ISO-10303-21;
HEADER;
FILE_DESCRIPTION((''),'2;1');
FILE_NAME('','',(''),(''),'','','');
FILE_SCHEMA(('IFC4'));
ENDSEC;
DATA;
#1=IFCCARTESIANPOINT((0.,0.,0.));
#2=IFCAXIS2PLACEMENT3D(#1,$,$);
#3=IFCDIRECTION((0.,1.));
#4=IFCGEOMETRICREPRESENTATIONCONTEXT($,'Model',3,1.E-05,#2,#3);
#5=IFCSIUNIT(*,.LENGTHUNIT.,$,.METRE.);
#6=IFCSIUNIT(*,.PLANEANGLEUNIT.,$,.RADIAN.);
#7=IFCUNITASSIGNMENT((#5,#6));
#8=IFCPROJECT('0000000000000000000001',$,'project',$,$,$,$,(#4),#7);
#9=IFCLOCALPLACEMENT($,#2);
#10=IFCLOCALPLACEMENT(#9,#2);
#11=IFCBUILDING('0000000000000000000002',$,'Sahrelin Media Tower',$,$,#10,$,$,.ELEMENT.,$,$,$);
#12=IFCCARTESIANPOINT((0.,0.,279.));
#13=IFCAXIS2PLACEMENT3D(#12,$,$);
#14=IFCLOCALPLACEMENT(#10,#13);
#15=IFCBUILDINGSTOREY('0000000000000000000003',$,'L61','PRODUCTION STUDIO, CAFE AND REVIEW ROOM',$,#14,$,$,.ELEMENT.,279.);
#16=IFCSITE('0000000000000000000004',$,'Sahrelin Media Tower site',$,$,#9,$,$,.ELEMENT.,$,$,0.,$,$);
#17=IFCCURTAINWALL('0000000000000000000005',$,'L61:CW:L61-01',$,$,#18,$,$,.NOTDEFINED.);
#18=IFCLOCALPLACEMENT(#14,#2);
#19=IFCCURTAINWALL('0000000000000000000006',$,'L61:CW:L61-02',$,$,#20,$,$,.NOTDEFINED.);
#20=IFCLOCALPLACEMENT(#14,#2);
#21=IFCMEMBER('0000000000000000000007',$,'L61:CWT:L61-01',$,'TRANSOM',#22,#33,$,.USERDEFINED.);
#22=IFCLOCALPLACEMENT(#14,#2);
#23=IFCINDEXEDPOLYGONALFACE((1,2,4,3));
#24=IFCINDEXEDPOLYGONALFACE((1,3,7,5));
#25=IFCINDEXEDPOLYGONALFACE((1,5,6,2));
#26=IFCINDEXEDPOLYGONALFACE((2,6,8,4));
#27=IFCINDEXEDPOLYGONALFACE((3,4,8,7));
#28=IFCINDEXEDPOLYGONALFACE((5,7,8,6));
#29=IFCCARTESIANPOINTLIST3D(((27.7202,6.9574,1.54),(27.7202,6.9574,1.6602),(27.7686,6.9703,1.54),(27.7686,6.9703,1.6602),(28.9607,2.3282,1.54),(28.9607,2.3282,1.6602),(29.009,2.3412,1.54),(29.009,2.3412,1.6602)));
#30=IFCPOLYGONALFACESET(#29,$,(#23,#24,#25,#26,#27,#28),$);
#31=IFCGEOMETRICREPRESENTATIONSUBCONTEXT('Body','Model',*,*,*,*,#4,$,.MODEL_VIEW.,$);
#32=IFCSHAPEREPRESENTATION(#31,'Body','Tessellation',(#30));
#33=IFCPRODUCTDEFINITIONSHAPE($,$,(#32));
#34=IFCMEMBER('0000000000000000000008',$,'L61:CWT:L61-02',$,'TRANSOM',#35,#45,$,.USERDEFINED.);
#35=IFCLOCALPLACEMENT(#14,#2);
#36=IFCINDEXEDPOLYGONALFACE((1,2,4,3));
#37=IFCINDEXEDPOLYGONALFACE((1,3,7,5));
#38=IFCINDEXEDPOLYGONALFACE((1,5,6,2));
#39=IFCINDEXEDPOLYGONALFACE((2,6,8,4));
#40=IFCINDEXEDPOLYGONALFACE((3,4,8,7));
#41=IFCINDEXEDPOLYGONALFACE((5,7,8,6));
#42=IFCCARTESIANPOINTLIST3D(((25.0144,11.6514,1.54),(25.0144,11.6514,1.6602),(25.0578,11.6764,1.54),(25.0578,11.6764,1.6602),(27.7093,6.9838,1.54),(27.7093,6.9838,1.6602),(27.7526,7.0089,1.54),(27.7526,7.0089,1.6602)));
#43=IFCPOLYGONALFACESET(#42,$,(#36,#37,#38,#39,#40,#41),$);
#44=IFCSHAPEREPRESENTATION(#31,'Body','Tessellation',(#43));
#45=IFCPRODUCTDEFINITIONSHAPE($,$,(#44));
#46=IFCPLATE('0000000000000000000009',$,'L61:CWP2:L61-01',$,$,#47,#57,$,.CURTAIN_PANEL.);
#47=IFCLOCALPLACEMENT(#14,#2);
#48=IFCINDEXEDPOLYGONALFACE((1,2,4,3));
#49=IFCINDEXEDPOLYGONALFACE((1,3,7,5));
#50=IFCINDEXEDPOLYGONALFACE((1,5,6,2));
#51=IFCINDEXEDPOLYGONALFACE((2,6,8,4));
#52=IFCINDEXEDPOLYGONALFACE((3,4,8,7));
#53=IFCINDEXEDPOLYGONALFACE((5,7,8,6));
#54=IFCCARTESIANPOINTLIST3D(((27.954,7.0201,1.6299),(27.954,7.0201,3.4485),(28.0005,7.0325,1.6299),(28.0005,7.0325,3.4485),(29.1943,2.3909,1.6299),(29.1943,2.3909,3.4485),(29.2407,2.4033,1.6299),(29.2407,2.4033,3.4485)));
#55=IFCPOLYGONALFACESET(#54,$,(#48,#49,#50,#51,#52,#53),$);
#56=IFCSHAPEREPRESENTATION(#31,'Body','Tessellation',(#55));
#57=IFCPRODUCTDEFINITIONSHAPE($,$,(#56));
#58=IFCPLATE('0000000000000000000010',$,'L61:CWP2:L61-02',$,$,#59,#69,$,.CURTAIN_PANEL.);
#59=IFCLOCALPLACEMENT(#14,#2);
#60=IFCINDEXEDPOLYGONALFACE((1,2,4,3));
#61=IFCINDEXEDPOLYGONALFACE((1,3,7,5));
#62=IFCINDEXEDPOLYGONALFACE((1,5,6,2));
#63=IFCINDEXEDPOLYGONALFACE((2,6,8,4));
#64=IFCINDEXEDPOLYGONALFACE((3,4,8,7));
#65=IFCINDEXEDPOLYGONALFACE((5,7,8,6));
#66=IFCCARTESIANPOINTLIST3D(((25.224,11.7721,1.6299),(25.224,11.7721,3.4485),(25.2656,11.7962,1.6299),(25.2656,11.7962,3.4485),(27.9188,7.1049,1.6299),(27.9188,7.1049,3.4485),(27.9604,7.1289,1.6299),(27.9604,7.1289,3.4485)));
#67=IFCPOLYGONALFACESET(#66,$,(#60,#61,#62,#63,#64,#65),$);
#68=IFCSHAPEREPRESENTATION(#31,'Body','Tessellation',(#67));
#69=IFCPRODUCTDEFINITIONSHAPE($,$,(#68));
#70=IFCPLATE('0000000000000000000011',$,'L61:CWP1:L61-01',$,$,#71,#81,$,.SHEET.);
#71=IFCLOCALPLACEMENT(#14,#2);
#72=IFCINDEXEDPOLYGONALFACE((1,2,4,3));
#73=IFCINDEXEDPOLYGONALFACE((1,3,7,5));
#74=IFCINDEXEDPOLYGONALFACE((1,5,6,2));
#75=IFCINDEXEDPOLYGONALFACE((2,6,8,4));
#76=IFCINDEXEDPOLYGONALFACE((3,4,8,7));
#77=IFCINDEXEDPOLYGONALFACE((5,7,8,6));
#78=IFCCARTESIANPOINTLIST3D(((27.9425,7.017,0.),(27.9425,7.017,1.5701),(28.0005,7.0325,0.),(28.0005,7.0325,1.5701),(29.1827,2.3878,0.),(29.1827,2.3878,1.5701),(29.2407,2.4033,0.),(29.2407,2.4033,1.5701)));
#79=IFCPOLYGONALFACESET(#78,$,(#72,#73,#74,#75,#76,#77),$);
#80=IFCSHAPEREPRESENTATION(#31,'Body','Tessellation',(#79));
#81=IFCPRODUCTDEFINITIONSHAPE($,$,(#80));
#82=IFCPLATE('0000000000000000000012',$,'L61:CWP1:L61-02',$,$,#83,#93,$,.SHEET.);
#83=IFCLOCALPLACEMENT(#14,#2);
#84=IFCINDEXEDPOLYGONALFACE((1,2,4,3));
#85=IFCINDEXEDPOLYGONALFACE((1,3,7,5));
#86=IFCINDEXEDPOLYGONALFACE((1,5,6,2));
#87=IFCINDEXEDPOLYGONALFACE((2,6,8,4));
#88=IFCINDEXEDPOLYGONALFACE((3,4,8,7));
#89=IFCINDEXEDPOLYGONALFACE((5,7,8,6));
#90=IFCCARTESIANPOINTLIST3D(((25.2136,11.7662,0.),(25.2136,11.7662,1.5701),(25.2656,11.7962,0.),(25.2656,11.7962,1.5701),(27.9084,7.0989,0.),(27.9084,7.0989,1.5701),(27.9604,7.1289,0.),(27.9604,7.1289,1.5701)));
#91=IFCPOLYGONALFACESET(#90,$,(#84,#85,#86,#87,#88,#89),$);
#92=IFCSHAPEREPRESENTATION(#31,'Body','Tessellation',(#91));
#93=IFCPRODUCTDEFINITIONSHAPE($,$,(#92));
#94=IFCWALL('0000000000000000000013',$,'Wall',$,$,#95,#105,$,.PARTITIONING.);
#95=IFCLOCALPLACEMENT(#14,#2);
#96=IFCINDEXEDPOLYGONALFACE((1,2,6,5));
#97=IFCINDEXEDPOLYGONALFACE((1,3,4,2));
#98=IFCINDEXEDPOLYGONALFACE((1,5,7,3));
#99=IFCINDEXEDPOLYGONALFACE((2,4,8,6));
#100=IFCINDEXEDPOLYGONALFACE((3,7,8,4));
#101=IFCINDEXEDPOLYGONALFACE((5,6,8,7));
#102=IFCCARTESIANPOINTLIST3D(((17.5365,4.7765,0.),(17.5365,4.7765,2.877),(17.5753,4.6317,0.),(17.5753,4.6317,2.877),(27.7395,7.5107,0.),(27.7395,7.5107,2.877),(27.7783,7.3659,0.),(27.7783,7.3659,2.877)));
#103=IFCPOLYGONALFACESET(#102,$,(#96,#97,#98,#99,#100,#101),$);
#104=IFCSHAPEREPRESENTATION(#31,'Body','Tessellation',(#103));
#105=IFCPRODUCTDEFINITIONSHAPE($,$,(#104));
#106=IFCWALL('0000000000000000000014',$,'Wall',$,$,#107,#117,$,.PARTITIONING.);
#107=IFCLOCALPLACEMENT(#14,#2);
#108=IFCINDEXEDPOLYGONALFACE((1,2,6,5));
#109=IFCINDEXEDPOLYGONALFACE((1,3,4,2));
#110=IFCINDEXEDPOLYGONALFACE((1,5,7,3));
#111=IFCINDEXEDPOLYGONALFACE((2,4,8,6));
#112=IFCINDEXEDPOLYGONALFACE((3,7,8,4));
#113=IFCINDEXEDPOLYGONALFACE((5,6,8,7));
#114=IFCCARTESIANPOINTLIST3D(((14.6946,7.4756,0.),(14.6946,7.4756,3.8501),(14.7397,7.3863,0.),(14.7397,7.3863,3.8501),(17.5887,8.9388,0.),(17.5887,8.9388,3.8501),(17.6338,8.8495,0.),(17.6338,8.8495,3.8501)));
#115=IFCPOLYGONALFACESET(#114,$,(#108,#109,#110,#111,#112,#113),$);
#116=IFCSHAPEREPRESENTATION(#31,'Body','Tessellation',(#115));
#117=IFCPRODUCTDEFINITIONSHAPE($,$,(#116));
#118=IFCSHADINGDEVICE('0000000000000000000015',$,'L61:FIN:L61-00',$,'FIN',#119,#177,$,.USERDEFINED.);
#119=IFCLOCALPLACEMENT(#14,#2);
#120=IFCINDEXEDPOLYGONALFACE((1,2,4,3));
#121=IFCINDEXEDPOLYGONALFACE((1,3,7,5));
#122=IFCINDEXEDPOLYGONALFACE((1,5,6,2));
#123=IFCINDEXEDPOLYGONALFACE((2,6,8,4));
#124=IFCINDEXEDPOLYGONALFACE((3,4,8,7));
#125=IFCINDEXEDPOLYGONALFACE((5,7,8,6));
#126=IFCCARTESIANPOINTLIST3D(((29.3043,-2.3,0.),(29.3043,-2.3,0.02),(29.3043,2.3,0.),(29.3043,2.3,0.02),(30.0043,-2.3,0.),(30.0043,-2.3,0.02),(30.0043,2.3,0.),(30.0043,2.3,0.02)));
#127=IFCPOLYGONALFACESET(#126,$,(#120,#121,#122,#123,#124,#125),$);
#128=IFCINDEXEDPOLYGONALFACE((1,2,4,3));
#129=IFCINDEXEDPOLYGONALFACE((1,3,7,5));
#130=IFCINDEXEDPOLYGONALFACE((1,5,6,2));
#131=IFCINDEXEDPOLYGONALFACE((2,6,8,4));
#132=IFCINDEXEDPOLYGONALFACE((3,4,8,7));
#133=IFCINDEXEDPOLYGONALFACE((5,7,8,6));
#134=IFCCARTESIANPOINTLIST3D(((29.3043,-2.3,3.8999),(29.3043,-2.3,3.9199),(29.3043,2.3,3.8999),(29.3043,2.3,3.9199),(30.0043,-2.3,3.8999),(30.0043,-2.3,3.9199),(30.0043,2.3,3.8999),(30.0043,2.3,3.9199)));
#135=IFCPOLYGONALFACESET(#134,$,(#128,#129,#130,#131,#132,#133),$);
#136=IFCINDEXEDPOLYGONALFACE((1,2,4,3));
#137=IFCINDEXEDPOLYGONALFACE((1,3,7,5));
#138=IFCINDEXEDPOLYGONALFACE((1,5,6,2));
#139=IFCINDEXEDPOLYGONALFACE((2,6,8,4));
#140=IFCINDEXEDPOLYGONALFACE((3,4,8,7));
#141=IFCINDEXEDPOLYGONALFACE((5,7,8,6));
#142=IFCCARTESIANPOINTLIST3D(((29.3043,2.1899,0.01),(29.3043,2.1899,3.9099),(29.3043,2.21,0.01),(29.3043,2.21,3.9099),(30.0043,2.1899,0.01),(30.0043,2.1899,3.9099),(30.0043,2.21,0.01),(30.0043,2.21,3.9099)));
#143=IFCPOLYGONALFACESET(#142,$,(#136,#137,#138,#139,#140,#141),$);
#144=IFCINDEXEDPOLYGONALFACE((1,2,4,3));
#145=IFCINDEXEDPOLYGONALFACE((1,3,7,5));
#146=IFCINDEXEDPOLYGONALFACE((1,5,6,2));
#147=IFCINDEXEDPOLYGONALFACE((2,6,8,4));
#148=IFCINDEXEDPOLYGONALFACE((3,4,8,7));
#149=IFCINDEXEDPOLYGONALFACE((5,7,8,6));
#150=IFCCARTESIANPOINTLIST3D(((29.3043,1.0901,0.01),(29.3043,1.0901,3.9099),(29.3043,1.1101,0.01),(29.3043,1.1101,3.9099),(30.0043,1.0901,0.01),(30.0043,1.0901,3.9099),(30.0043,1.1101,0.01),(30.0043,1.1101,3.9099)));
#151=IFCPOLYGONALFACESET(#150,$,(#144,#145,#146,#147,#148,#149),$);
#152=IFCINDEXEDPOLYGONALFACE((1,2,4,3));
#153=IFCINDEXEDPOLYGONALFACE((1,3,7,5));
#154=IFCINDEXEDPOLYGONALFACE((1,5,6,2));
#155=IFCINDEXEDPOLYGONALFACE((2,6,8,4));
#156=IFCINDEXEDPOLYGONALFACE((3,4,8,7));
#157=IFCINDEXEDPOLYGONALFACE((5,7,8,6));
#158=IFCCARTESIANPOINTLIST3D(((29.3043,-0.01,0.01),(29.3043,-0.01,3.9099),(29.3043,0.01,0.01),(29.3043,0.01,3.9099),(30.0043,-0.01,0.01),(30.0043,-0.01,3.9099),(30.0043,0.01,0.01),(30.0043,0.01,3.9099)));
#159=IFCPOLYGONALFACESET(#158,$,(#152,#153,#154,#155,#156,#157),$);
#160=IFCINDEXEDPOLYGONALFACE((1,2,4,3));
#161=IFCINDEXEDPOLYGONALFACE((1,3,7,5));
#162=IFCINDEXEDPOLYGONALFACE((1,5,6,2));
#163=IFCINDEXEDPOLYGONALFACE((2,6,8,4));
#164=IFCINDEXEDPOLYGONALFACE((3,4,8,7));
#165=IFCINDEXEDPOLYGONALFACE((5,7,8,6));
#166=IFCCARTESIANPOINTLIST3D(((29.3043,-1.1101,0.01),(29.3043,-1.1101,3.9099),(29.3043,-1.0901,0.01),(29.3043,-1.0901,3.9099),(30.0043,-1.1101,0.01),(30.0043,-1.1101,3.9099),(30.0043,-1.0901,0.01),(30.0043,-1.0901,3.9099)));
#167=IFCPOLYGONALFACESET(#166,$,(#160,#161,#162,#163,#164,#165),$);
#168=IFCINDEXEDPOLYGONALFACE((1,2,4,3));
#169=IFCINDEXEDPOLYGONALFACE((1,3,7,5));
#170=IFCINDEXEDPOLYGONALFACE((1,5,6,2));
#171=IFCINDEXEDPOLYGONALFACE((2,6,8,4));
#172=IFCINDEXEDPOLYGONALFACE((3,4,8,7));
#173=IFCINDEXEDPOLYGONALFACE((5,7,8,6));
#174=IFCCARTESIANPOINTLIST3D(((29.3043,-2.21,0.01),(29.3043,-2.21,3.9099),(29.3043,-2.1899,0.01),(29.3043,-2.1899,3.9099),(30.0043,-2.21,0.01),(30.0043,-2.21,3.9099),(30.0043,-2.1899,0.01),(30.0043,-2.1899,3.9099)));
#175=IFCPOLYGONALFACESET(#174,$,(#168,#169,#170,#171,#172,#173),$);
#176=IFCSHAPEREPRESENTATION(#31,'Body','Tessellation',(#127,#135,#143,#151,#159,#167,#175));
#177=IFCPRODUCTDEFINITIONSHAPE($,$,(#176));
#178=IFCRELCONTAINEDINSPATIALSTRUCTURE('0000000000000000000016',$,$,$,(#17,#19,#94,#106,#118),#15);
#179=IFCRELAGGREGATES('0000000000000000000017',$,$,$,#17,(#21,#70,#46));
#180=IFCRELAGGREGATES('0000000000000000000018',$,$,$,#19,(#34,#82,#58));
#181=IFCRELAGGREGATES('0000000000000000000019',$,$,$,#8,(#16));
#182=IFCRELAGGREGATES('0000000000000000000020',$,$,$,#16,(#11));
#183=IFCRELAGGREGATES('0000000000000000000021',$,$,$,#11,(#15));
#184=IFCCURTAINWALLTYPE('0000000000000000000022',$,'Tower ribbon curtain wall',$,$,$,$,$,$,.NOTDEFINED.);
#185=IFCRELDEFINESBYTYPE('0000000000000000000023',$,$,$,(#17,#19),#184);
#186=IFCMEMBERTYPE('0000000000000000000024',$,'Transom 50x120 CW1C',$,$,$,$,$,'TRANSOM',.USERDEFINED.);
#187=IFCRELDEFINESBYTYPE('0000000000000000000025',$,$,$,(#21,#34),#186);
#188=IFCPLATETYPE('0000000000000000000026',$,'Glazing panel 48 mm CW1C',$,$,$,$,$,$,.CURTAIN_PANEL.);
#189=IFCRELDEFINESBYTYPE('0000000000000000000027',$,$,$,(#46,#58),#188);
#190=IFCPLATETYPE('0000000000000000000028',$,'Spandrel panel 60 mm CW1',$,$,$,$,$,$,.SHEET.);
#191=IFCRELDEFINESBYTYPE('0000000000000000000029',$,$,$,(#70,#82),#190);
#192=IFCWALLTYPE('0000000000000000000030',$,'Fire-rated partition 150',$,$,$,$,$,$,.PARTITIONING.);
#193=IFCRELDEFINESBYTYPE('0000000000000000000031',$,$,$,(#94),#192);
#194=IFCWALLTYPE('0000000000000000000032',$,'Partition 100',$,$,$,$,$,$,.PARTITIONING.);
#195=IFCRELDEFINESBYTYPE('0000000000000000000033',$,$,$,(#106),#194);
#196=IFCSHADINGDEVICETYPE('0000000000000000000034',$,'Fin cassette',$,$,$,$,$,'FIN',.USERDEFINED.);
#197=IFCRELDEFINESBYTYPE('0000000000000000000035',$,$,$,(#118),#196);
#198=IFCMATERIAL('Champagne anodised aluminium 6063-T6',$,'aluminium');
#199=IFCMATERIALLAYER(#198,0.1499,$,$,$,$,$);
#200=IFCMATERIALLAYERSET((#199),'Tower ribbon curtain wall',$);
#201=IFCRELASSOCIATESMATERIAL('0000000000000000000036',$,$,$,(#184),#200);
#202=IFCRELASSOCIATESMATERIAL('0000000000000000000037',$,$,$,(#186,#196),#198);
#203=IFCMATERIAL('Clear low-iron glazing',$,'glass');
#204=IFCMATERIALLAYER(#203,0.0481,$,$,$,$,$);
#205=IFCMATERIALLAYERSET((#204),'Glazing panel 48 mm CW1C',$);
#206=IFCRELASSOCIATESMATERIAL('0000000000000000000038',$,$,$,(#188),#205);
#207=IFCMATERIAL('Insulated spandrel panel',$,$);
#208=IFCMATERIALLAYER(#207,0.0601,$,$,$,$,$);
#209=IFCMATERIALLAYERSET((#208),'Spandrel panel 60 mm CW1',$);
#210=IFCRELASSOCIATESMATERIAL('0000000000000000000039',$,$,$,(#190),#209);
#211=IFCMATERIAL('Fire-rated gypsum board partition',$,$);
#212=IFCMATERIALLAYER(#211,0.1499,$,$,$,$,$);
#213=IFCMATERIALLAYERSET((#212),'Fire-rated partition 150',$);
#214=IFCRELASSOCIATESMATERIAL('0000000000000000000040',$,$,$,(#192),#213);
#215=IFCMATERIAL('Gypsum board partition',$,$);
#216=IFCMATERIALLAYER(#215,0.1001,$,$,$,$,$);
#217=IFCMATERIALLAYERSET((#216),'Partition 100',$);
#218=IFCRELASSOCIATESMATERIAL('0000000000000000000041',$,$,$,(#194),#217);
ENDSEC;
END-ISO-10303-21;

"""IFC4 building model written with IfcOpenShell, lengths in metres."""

from ifc_helpers import new_model, si_unit, direction, frame, frame_2d, origin, origin_2d, place, context, subcontext, project, spatial, polyline, rectangle, outline, extrude, material, layer, layer_set, material_profile, profile_set, type_object, element, aggregate, save


model = new_model("IFC4")

# Units and contexts
model_context = context("Model", 3, precision=1e-05, world=origin(), true_north=direction((0.0, 1.0)))
body_context = subcontext(model_context, "Body", "Model", "MODEL_VIEW")
ifc_project = project(units=[si_unit("LENGTHUNIT", "METRE"), si_unit("PLANEANGLEUNIT", "RADIAN")], contexts=[model_context])

# Site, building, storey
site_placement = place(None, origin())
site = spatial("IfcSite", under=ifc_project, at=site_placement, Name="Sahrelin Media Tower site", CompositionType="ELEMENT", RefElevation=0.0)
building_placement = place(site_placement, origin())
building = spatial("IfcBuilding", under=site, at=building_placement, Name="Sahrelin Media Tower", CompositionType="ELEMENT")
storey_placement = place(building_placement, frame((0.0, 0.0, 279.0)))
storey = spatial("IfcBuildingStorey", under=building, at=storey_placement, Name="L61", Description="PRODUCTION STUDIO, CAFE AND REVIEW ROOM", CompositionType="ELEMENT", Elevation=279.0)

# Curtain walls
ifc_material_1 = material(Name="Champagne anodised aluminium 6063-T6", Category="aluminium")
ifc_layer_1 = layer(ifc_material_1, 0.1499)
ifc_layer_set_1 = layer_set([ifc_layer_1], Name="Tower ribbon curtain wall")
curtain_wall_type = type_object("IfcCurtainWallType", Name="Tower ribbon curtain wall", PredefinedType="NOTDEFINED", material=ifc_layer_set_1)
curtain_wall_1_placement = place(storey_placement, frame((28.6013, 4.7126, 0.0), z_axis=(0.0, 0.0, 1.0), x_axis=(1.0, 0.0, 0.0)))
curtain_wall_1 = element("IfcCurtainWall", 1, at=curtain_wall_1_placement, inside=storey, type_object=curtain_wall_type, Name="L61:CW:L61-01", PredefinedType="NOTDEFINED")
curtain_wall_2_placement = place(storey_placement, frame((26.5957, 9.4524, 0.0), z_axis=(0.0, 0.0, 1.0), x_axis=(1.0, 0.0, 0.0)))
curtain_wall_2 = element("IfcCurtainWall", 2, at=curtain_wall_2_placement, inside=storey, type_object=curtain_wall_type, Name="L61:CW:L61-02", PredefinedType="NOTDEFINED")

# Members
ifc_material_profile_1 = material_profile(ifc_material_1, rectangle(XDim=0.05, YDim=0.1201, at=origin_2d()), Name="Transom 50x120")
ifc_profile_set_1 = profile_set([ifc_material_profile_1], Name="Champagne anodised aluminium 6063-T6")
member_type_1 = type_object("IfcMemberType", Name="Transom 50x120 CW1C", ElementType="TRANSOM", PredefinedType="USERDEFINED", material=ifc_profile_set_1)
member_1_placement = place(storey_placement, frame((28.9849, 2.3347, 1.6001), z_axis=(-0.258839, 0.965921, 0.0), x_axis=(-0.965921, -0.258839, 0.0)))
member_1 = element("IfcMember", 3, at=member_1_placement, type_object=member_type_1, Name="L61:CWT:L61-01", ObjectType="TRANSOM", PredefinedType="USERDEFINED", context=body_context, shape_type="SweptSolid", body=[
    extrude(rectangle(XDim=0.05, YDim=0.1201, at=origin_2d()), origin(), (0.0, 0.0, 1.0), 4.7925),
])
member_2_placement = place(storey_placement, frame((27.731, 6.9963, 1.6001), z_axis=(-0.500007, 0.866021, 0.0), x_axis=(-0.866021, -0.500007, 0.0)))
member_2 = element("IfcMember", 4, at=member_2_placement, type_object=member_type_1, Name="L61:CWT:L61-02", ObjectType="TRANSOM", PredefinedType="USERDEFINED", context=body_context, shape_type="SweptSolid", body=[
    extrude(rectangle(XDim=0.05, YDim=0.1201, at=origin_2d()), origin(), (0.0, 0.0, 1.0), 5.3896),
])

# Plates
ifc_material_2 = material(Name="Clear low-iron glazing", Category="glass")
ifc_layer_2 = layer(ifc_material_2, 0.0481)
ifc_layer_set_2 = layer_set([ifc_layer_2], Name="Glazing panel 48 mm CW1C")
plate_type_1 = type_object("IfcPlateType", Name="Glazing panel 48 mm CW1C", PredefinedType="CURTAIN_PANEL", material=ifc_layer_set_2)
plate_1_placement = place(storey_placement, frame((29.2407, 2.4033, 1.6299), z_axis=(0.965933, 0.258791, 0.0), x_axis=(-0.258791, 0.965933, 0.0)))
plate_1 = element("IfcPlate", 5, at=plate_1_placement, type_object=plate_type_1, Name="L61:CWP2:L61-01", PredefinedType="CURTAIN_PANEL", context=body_context, shape_type="SweptSolid", body=[
    extrude(outline(polyline([(0.0, 0.0), (4.7925, 0.0), (4.7925, 1.8186), (0.0, 1.8186), (0.0, 0.0)])), origin(), (0.0, 0.0, -1.0), 0.0481),
])
plate_2_placement = place(storey_placement, frame((27.9604, 7.1289, 1.6299), z_axis=(0.86601, 0.500027, 0.0), x_axis=(-0.500027, 0.86601, 0.0)))
plate_2 = element("IfcPlate", 6, at=plate_2_placement, type_object=plate_type_1, Name="L61:CWP2:L61-02", PredefinedType="CURTAIN_PANEL", context=body_context, shape_type="SweptSolid", body=[
    extrude(outline(polyline([(0.0, 0.0), (5.3894, 0.0), (5.3894, 1.8186), (0.0, 1.8186), (0.0, 0.0)])), origin(), (0.0, 0.0, -1.0), 0.0481),
])
ifc_material_3 = material(Name="Insulated spandrel panel")
ifc_layer_3 = layer(ifc_material_3, 0.0601)
ifc_layer_set_3 = layer_set([ifc_layer_3], Name="Spandrel panel 60 mm CW1")
plate_type_2 = type_object("IfcPlateType", Name="Spandrel panel 60 mm CW1", PredefinedType="SHEET", material=ifc_layer_set_3)
plate_3_placement = place(storey_placement, frame((29.2407, 2.4033, 0.0), z_axis=(0.965933, 0.258791, 0.0), x_axis=(-0.258791, 0.965933, 0.0)))
plate_3 = element("IfcPlate", 7, at=plate_3_placement, type_object=plate_type_2, Name="L61:CWP1:L61-01", PredefinedType="SHEET", context=body_context, shape_type="SweptSolid", body=[
    extrude(outline(polyline([(0.0, 0.0), (4.7925, 0.0), (4.7925, 1.5701), (0.0, 1.5701), (0.0, 0.0)])), origin(), (0.0, 0.0, -1.0), 0.0601),
])
aggregate(curtain_wall_1, [member_1, plate_3, plate_1])
plate_4_placement = place(storey_placement, frame((27.9604, 7.1289, 0.0), z_axis=(0.86601, 0.500027, 0.0), x_axis=(-0.500027, 0.86601, 0.0)))
plate_4 = element("IfcPlate", 8, at=plate_4_placement, type_object=plate_type_2, Name="L61:CWP1:L61-02", PredefinedType="SHEET", context=body_context, shape_type="SweptSolid", body=[
    extrude(outline(polyline([(0.0, 0.0), (5.3894, 0.0), (5.3894, 1.5701), (0.0, 1.5701), (0.0, 0.0)])), origin(), (0.0, 0.0, -1.0), 0.0601),
])
aggregate(curtain_wall_2, [member_2, plate_4, plate_2])

# Walls
ifc_material_4 = material(Name="Fire-rated gypsum board partition")
ifc_layer_4 = layer(ifc_material_4, 0.1499)
ifc_layer_set_4 = layer_set([ifc_layer_4], Name="Fire-rated partition 150")
wall_type_1 = type_object("IfcWallType", Name="Fire-rated partition 150", PredefinedType="PARTITIONING", material=ifc_layer_set_4)
wall_1_placement = place(storey_placement, frame((17.5559, 4.7041, 0.0), z_axis=(0.0, 0.0, 1.0), x_axis=(0.965919, 0.258844, 0.0)))
element("IfcWall", 9, at=wall_1_placement, inside=storey, type_object=wall_type_1, Name="Wall", PredefinedType="PARTITIONING", context=body_context, shape_type="SweptSolid", body=[
    extrude(rectangle(XDim=10.563, YDim=0.1499, at=frame_2d((5.2815, 0.0))), origin(), (0.0, 0.0, 1.0), 2.877),
])
ifc_material_5 = material(Name="Gypsum board partition")
ifc_layer_5 = layer(ifc_material_5, 0.1001)
ifc_layer_set_5 = layer_set([ifc_layer_5], Name="Partition 100")
wall_type_2 = type_object("IfcWallType", Name="Partition 100", PredefinedType="PARTITIONING", material=ifc_layer_set_5)
wall_2_placement = place(storey_placement, frame((14.717, 7.4309, 0.0), z_axis=(0.0, 0.0, 1.0), x_axis=(0.892431, 0.451184, 0.0)))
element("IfcWall", 10, at=wall_2_placement, inside=storey, type_object=wall_type_2, Name="Wall", PredefinedType="PARTITIONING", context=body_context, shape_type="SweptSolid", body=[
    extrude(rectangle(XDim=3.2429, YDim=0.1001, at=frame_2d((1.6216, 0.0))), origin(), (0.0, 0.0, 1.0), 3.8501),
])

# Shading device
shading_device_type_1 = type_object("IfcShadingDeviceType", Name="Fin cassette", ElementType="FIN", PredefinedType="USERDEFINED", material=ifc_material_1)
placement_1 = place(storey_placement, frame((29.2344, 0.0, 0.0), z_axis=(0.0, 0.0, 1.0), x_axis=(0.0, -1.0, 0.0)))
element("IfcShadingDevice", 11, at=placement_1, inside=storey, type_object=shading_device_type_1, Name="L61:FIN:L61-00", ObjectType="FIN", PredefinedType="USERDEFINED", context=body_context, shape_type="SweptSolid", body=[
    extrude(rectangle(XDim=4.6001, YDim=0.7, at=origin_2d()), frame((0.0, 0.4199, 0.0)), (0.0, 0.0, 1.0), 0.02),
    extrude(rectangle(XDim=4.6001, YDim=0.7, at=origin_2d()), frame((0.0, 0.4199, 3.8999)), (0.0, 0.0, 1.0), 0.02),
    extrude(rectangle(XDim=0.02, YDim=0.7, at=origin_2d()), frame((-2.2, 0.4199, 0.01), z_axis=(0.0, 0.0, 1.0), x_axis=(1.0, 0.0, 0.0)), (0.0, 0.0, 1.0), 3.8999),
    extrude(rectangle(XDim=0.02, YDim=0.7, at=origin_2d()), frame((-1.1001, 0.4199, 0.01), z_axis=(0.0, 0.0, 1.0), x_axis=(1.0, 0.0, 0.0)), (0.0, 0.0, 1.0), 3.8999),
    extrude(rectangle(XDim=0.02, YDim=0.7, at=origin_2d()), frame((0.0, 0.4199, 0.01), z_axis=(0.0, 0.0, 1.0), x_axis=(1.0, 0.0, 0.0)), (0.0, 0.0, 1.0), 3.8999),
    extrude(rectangle(XDim=0.02, YDim=0.7, at=origin_2d()), frame((1.1001, 0.4199, 0.01), z_axis=(0.0, 0.0, 1.0), x_axis=(1.0, 0.0, 0.0)), (0.0, 0.0, 1.0), 3.8999),
    extrude(rectangle(XDim=0.02, YDim=0.7, at=origin_2d()), frame((2.2, 0.4199, 0.01), z_axis=(0.0, 0.0, 1.0), x_axis=(1.0, 0.0, 0.0)), (0.0, 0.0, 1.0), 3.8999),
])

save(model, "model.ifc")
